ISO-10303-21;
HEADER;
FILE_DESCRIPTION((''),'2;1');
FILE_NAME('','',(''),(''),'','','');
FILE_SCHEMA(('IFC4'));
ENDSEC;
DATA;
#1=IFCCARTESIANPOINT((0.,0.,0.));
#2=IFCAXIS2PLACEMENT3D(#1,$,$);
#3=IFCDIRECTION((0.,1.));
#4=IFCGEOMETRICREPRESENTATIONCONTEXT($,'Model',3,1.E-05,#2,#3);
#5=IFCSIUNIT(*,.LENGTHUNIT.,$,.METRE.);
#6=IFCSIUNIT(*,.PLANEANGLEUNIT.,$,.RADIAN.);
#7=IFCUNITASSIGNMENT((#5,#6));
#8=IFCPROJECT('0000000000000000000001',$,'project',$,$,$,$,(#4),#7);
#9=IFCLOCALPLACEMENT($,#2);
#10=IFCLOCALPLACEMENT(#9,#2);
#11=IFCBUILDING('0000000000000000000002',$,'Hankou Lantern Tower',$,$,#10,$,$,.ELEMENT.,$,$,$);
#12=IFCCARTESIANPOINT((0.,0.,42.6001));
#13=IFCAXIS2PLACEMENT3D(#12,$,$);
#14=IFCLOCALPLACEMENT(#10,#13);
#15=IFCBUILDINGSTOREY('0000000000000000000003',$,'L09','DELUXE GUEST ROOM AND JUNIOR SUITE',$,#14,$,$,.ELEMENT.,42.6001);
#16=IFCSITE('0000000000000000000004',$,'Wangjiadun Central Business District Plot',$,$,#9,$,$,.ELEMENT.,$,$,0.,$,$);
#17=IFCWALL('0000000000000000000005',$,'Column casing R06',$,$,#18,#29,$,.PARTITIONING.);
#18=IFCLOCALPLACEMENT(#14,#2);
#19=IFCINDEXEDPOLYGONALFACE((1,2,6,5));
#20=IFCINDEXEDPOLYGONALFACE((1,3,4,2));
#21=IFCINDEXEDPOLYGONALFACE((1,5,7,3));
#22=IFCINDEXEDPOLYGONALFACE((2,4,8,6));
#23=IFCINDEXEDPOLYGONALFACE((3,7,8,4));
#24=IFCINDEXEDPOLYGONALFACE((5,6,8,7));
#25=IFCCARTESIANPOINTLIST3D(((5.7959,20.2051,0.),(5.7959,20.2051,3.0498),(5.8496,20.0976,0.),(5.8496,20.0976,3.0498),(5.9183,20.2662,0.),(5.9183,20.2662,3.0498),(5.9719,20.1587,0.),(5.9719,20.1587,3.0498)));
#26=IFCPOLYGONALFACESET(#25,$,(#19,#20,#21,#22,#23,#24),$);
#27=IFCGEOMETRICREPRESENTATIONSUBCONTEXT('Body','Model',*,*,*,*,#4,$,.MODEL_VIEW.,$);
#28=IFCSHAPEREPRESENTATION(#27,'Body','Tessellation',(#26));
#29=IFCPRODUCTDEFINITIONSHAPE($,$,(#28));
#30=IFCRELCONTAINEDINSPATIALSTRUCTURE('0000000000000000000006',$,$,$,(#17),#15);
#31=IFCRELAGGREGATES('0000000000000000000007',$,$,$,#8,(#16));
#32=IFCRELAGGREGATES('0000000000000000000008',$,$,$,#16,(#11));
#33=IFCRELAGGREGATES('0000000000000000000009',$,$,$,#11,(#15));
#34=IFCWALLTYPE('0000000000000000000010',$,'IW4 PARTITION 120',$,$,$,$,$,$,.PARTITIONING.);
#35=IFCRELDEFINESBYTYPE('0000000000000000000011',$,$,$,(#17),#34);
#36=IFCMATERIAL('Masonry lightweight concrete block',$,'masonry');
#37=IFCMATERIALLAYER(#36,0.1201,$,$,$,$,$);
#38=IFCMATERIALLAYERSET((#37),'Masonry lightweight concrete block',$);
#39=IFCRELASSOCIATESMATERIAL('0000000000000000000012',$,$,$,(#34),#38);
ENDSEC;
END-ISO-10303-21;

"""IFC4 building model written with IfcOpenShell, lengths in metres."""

from ifc_helpers import new_model, si_unit, direction, frame, frame_2d, origin, place, context, subcontext, project, spatial, rectangle, extrude, material, layer, layer_set, type_object, element, save


model = new_model("IFC4")

# Units and contexts
model_context = context("Model", 3, precision=1e-05, world=origin(), true_north=direction((0.0, 1.0)))
body_context = subcontext(model_context, "Body", "Model", "MODEL_VIEW")
ifc_project = project(units=[si_unit("LENGTHUNIT", "METRE"), si_unit("PLANEANGLEUNIT", "RADIAN")], contexts=[model_context])

# Site, building, storey
site_placement = place(None, origin())
site = spatial("IfcSite", under=ifc_project, at=site_placement, Name="Wangjiadun Central Business District Plot", CompositionType="ELEMENT", RefElevation=0.0)
building_placement = place(site_placement, origin())
building = spatial("IfcBuilding", under=site, at=building_placement, Name="Hankou Lantern Tower", CompositionType="ELEMENT")
storey_placement = place(building_placement, frame((0.0, 0.0, 42.6001)))
storey = spatial("IfcBuildingStorey", under=building, at=storey_placement, Name="L09", Description="DELUXE GUEST ROOM AND JUNIOR SUITE", CompositionType="ELEMENT", Elevation=42.6001)

# Wall
ifc_material_1 = material(Name="Masonry lightweight concrete block", Category="masonry")
ifc_layer_1 = layer(ifc_material_1, 0.1201)
ifc_layer_set_1 = layer_set([ifc_layer_1], Name="Masonry lightweight concrete block")
wall_type_1 = type_object("IfcWallType", Name="IW4 PARTITION 120", PredefinedType="PARTITIONING", material=ifc_layer_set_1)
wall_1_placement = place(storey_placement, frame((5.8228, 20.1514, 0.0), z_axis=(0.0, 0.0, 1.0), x_axis=(0.894784, 0.446499, 0.0)))
element("IfcWall", 1, at=wall_1_placement, inside=storey, type_object=wall_type_1, Name="Column casing R06", PredefinedType="PARTITIONING", context=body_context, shape_type="SweptSolid", body=[
    extrude(rectangle(XDim=0.1367, YDim=0.1201, at=frame_2d((0.0684, 0.0))), origin(), (0.0, 0.0, 1.0), 3.0498),
])

save(model, "model.ifc")
